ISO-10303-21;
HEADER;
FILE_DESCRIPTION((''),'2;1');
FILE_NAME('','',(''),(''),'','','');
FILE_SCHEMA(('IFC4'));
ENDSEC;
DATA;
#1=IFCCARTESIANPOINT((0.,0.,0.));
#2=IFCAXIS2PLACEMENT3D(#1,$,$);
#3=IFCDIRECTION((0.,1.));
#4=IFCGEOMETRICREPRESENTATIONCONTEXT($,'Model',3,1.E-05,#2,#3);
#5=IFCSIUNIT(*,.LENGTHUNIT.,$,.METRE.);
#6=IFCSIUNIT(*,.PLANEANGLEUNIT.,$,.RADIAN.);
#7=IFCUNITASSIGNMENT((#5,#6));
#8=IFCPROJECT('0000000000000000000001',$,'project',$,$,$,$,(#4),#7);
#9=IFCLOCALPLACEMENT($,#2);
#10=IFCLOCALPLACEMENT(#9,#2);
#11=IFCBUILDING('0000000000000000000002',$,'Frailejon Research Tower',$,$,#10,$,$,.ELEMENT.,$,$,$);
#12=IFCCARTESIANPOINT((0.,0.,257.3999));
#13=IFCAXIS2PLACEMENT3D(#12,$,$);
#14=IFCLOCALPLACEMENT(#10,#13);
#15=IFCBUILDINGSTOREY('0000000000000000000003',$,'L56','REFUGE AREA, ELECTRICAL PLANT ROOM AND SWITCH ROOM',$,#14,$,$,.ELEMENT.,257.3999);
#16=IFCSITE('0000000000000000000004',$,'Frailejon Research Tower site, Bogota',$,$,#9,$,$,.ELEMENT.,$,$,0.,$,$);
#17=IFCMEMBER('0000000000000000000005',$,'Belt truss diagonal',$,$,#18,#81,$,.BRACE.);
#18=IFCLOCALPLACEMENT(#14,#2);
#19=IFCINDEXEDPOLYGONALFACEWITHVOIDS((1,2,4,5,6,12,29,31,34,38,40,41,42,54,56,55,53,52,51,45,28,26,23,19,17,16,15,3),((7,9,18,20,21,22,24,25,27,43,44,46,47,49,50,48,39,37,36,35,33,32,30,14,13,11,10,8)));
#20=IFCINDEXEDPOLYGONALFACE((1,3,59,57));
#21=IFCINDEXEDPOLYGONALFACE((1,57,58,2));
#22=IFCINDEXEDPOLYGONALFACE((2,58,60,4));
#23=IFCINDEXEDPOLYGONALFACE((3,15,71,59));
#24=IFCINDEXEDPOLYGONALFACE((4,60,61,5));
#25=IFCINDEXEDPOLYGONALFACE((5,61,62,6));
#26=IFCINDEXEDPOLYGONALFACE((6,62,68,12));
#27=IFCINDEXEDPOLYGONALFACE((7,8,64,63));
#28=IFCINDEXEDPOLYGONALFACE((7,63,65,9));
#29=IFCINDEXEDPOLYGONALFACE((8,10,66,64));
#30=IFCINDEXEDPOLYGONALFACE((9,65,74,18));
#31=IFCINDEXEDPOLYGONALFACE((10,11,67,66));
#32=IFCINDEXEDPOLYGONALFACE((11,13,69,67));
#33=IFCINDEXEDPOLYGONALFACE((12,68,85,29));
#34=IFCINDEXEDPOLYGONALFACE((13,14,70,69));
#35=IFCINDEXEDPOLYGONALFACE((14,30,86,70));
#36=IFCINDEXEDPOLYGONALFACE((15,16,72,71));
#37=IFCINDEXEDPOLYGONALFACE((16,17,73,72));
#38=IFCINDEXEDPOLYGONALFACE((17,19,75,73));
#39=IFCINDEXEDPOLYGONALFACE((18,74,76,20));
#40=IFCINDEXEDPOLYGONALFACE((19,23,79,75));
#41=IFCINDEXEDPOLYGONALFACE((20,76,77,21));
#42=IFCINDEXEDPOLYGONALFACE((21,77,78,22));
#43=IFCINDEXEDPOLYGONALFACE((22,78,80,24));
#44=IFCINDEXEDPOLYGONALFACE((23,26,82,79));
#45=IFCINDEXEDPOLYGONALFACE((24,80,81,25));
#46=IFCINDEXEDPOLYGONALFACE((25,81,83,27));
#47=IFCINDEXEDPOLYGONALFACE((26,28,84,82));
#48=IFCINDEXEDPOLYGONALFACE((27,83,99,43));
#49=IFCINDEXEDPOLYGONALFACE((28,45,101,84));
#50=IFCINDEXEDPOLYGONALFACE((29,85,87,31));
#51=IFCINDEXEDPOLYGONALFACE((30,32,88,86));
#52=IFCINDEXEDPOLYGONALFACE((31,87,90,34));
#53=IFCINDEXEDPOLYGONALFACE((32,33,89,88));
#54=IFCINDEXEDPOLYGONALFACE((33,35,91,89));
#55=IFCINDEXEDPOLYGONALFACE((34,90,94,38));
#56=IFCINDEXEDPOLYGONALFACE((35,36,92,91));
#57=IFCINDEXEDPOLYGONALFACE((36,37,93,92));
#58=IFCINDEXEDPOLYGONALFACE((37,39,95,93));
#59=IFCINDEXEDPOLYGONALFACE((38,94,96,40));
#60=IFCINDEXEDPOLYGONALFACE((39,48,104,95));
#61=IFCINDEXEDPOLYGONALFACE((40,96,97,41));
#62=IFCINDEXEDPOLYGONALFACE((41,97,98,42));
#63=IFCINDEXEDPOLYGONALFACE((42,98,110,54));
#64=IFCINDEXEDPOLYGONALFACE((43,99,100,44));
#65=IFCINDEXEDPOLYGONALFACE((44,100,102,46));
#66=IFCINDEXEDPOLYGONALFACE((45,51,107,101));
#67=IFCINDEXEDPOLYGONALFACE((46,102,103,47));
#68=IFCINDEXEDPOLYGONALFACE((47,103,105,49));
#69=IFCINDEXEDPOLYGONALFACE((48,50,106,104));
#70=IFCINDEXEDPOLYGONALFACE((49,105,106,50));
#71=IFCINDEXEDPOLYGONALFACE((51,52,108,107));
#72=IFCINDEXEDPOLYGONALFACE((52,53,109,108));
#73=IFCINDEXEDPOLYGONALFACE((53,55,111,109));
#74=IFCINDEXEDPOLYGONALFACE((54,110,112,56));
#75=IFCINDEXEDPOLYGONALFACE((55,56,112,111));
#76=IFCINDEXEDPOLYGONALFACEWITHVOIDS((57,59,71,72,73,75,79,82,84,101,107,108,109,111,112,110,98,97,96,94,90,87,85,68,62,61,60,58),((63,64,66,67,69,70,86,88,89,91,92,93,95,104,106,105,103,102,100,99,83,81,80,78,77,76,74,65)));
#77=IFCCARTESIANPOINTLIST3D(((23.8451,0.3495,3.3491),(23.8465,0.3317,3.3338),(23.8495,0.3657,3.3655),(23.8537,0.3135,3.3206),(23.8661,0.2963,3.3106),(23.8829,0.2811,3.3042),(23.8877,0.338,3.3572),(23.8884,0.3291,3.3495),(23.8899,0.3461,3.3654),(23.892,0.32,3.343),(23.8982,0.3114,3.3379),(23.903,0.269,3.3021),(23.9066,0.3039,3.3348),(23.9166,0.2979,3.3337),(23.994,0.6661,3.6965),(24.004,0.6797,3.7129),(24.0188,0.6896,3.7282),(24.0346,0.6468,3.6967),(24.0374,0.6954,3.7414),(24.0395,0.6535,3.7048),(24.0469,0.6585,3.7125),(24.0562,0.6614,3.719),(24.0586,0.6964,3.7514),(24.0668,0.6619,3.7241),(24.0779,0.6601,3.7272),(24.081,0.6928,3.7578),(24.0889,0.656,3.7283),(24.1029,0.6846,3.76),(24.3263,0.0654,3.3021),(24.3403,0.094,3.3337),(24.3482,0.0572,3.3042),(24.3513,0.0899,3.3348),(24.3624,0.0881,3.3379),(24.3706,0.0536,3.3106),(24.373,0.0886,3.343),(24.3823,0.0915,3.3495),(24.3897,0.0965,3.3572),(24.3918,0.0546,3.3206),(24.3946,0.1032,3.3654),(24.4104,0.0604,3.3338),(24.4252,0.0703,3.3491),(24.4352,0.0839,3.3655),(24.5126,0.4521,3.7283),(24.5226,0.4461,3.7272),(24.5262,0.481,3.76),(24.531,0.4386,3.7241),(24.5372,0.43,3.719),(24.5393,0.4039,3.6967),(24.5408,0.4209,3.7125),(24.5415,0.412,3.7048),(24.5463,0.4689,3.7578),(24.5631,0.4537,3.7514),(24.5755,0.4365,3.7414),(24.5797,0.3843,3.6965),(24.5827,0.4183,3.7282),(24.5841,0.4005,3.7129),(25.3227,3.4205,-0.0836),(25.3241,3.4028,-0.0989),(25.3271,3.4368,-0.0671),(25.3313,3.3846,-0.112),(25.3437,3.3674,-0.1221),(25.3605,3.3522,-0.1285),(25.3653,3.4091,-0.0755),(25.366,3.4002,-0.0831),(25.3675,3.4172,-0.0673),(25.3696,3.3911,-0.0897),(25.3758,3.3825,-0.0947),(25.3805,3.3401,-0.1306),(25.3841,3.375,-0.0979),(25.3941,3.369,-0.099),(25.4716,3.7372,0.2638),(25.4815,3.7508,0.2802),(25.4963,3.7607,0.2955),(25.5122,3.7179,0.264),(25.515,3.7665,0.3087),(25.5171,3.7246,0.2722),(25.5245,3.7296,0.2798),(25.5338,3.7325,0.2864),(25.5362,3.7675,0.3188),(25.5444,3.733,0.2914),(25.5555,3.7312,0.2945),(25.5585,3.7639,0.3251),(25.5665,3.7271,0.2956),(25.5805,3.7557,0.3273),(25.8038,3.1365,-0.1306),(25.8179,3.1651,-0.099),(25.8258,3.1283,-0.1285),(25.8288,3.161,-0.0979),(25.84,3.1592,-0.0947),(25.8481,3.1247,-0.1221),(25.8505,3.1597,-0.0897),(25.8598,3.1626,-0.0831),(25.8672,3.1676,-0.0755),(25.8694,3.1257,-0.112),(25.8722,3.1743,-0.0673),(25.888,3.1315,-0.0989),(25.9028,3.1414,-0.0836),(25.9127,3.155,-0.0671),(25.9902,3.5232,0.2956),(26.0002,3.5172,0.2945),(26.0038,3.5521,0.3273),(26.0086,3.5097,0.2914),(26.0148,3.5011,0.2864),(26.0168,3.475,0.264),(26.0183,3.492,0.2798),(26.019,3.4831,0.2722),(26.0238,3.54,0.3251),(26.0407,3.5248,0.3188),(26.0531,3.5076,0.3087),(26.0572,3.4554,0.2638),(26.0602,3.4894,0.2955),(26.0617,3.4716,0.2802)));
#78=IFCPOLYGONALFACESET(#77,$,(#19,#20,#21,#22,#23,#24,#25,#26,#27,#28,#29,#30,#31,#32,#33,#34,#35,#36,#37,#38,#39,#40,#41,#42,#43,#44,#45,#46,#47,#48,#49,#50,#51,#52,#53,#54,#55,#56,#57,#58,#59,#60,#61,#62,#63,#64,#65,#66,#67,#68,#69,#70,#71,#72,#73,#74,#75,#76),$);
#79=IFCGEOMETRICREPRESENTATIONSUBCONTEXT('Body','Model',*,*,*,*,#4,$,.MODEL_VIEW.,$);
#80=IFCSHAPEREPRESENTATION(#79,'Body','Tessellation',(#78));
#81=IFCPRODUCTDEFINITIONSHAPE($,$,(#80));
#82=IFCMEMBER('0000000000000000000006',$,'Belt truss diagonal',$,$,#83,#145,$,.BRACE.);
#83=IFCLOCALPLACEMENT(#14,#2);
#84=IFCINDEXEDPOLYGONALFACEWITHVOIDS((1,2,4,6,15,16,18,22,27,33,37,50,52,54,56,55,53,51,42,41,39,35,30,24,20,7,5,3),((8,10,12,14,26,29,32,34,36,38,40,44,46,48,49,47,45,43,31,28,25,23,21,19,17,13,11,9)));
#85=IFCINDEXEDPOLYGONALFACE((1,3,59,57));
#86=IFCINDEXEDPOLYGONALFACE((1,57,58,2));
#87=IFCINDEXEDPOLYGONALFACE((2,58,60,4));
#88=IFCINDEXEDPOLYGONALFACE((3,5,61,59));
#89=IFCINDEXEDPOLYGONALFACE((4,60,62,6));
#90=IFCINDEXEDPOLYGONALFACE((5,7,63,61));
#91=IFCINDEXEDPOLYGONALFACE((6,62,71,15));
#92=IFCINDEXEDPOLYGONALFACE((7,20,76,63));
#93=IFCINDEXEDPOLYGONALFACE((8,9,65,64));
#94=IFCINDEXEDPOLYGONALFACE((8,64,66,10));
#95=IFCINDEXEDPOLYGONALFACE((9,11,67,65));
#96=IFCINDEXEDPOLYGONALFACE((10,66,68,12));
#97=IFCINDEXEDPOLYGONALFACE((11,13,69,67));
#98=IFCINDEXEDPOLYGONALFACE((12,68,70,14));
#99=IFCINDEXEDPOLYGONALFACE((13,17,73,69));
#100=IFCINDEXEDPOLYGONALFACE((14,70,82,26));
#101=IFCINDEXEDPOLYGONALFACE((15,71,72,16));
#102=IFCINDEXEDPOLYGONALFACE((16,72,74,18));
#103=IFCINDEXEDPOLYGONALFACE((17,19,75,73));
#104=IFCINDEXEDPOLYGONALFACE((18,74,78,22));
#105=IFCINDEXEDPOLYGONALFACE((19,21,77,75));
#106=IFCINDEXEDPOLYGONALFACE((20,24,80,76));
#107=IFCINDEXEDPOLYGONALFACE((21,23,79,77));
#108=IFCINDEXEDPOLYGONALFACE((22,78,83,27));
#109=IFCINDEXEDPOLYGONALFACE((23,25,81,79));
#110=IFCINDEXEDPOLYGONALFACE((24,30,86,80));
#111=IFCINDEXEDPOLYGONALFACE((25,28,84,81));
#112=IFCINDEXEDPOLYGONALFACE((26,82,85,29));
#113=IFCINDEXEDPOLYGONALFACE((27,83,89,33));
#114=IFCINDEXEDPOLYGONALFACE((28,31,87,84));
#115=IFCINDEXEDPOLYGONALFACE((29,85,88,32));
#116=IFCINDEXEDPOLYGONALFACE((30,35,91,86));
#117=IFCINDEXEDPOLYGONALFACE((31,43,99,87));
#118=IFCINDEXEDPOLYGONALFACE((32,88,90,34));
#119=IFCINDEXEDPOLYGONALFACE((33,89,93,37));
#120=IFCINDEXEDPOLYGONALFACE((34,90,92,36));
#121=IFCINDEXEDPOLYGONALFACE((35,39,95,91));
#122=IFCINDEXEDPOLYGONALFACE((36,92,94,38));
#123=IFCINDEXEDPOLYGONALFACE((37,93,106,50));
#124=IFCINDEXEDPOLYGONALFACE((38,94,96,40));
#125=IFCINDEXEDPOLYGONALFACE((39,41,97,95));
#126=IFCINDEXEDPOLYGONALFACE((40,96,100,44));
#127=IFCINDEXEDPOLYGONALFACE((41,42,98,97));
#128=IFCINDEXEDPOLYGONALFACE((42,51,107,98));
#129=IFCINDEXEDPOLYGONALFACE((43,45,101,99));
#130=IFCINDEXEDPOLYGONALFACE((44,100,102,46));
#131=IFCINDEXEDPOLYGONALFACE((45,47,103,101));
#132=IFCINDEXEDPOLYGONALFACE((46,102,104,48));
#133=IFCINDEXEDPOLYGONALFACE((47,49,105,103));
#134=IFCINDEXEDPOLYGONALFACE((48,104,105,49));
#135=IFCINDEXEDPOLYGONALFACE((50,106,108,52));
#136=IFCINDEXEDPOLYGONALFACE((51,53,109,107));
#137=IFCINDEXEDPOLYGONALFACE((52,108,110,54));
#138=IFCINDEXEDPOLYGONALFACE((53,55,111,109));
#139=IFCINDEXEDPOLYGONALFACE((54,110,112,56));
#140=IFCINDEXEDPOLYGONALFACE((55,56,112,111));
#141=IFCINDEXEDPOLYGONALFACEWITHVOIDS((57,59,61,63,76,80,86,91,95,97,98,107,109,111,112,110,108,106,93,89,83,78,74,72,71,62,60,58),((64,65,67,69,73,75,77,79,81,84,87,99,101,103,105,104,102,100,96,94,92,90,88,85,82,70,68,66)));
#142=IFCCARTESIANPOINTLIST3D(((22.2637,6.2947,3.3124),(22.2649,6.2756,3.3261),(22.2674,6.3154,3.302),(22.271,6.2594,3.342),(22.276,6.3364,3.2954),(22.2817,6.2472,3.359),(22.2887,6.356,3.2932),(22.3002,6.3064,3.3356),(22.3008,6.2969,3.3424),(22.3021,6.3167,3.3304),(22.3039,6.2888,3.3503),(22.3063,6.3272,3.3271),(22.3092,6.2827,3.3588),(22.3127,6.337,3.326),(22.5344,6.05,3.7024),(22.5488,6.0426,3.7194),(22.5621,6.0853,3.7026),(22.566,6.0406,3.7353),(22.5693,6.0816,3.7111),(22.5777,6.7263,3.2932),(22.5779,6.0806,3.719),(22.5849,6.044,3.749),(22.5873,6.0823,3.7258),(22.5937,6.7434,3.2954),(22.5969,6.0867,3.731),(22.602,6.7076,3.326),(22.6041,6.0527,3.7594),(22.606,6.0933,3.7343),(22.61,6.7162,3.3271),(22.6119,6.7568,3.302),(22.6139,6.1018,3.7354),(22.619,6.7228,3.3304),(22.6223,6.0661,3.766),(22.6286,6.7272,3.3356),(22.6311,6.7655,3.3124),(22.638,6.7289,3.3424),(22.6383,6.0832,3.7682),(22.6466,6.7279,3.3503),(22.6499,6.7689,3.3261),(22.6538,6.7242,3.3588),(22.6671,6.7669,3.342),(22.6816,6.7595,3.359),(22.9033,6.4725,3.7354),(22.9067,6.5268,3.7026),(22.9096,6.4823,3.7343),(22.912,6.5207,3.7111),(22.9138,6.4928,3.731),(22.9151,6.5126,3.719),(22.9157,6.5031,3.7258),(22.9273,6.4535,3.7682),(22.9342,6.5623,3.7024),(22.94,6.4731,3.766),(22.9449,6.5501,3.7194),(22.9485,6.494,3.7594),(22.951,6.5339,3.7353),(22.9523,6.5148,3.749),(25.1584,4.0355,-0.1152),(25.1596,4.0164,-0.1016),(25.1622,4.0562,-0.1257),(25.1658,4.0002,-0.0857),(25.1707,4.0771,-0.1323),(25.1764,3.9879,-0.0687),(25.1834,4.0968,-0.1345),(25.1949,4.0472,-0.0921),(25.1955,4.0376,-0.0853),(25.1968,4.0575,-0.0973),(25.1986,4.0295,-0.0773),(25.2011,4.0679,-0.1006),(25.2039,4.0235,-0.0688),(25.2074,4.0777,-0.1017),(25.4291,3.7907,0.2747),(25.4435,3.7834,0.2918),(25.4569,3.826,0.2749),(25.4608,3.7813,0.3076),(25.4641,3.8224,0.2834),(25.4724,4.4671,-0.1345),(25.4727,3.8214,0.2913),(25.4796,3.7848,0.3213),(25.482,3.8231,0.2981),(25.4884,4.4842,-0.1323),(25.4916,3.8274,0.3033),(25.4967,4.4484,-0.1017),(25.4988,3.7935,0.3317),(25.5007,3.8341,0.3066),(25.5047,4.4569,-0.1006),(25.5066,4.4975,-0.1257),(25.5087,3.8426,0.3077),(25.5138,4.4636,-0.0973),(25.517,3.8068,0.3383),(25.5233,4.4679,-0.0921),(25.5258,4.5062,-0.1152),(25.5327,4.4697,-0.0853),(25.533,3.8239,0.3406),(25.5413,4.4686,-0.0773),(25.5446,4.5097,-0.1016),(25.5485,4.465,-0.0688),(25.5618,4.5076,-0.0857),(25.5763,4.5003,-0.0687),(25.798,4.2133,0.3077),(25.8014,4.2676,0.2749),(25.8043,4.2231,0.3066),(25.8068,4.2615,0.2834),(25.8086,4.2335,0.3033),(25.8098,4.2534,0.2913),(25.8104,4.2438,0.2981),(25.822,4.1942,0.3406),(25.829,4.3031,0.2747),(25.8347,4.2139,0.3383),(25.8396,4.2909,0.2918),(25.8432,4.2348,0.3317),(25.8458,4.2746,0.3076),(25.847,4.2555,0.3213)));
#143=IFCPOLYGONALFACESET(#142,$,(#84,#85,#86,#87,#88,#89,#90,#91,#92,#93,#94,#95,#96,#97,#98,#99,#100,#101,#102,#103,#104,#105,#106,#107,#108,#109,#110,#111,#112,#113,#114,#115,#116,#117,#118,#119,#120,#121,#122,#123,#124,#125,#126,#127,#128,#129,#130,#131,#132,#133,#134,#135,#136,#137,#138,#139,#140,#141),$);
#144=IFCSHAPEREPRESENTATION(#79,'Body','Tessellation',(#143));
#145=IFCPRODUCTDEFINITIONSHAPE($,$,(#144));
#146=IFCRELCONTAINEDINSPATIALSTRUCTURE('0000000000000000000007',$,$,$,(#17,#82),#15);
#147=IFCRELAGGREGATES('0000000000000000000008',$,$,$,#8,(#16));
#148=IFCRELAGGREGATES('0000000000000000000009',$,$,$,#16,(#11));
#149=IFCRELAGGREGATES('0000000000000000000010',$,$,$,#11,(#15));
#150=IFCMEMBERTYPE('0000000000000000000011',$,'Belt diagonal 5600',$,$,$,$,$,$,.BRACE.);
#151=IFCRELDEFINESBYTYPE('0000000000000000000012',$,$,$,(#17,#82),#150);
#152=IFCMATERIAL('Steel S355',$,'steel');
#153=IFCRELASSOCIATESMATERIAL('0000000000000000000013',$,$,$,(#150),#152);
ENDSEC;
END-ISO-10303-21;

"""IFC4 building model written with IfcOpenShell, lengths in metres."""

from ifc_helpers import new_model, si_unit, direction, frame, origin, origin_2d, place, context, subcontext, project, spatial, hollow_rectangle, extrude, material, material_profile, profile_set, type_object, element, save


model = new_model("IFC4")

# Units and contexts
model_context = context("Model", 3, precision=1e-05, world=origin(), true_north=direction((0.0, 1.0)))
body_context = subcontext(model_context, "Body", "Model", "MODEL_VIEW")
ifc_project = project(units=[si_unit("LENGTHUNIT", "METRE"), si_unit("PLANEANGLEUNIT", "RADIAN")], contexts=[model_context])

# Site, building, storey
site_placement = place(None, origin())
site = spatial("IfcSite", under=ifc_project, at=site_placement, Name="Frailejon Research Tower site, Bogota", CompositionType="ELEMENT", RefElevation=0.0)
building_placement = place(site_placement, origin())
building = spatial("IfcBuilding", under=site, at=building_placement, Name="Frailejon Research Tower", CompositionType="ELEMENT")
storey_placement = place(building_placement, frame((0.0, 0.0, 257.3999)))
storey = spatial("IfcBuildingStorey", under=building, at=storey_placement, Name="L56", Description="REFUGE AREA, ELECTRICAL PLANT ROOM AND SWITCH ROOM", CompositionType="ELEMENT", Elevation=257.3999)

# Members
ifc_material_1 = material(Name="Steel S355", Category="steel")
ifc_material_profile_1 = material_profile(ifc_material_1, hollow_rectangle(XDim=0.6499, YDim=0.6499, WallThickness=0.0449, InnerFilletRadius=0.0449, OuterFilletRadius=0.0901, at=origin_2d()), Name="Belt diagonal 5600")
ifc_profile_set_1 = profile_set([ifc_material_profile_1], Name="Steel S355")
member_type = type_object("IfcMemberType", Name="Belt diagonal 5600", PredefinedType="BRACE", material=ifc_profile_set_1)
member_1_placement = place(storey_placement, frame((24.2146, 0.375, 3.531), z_axis=(0.305461, 0.634897, -0.709647), x_axis=(-0.901129, 0.433551, 0.0)))
element("IfcMember", 1, at=member_1_placement, inside=storey, type_object=member_type, Name="Belt truss diagonal", PredefinedType="BRACE", context=body_context, shape_type="SweptSolid", body=[
    extrude(hollow_rectangle(XDim=0.6499, YDim=0.6499, WallThickness=0.0449, InnerFilletRadius=0.0449, OuterFilletRadius=0.0901, at=origin_2d()), origin(), (0.0, 0.0, 1.0), 4.8372),
])
member_2_placement = place(storey_placement, frame((25.5027, 4.1455, 0.103), z_axis=(-0.576271, 0.449761, 0.682369), x_axis=(-0.615261, -0.788324, 0.0)))
element("IfcMember", 2, at=member_2_placement, inside=storey, type_object=member_type, Name="Belt truss diagonal", PredefinedType="BRACE", context=body_context, shape_type="SweptSolid", body=[
    extrude(hollow_rectangle(XDim=0.6499, YDim=0.6499, WallThickness=0.0449, InnerFilletRadius=0.0449, OuterFilletRadius=0.0901, at=origin_2d()), origin(), (0.0, 0.0, 1.0), 5.0232),
])

save(model, "model.ifc")
